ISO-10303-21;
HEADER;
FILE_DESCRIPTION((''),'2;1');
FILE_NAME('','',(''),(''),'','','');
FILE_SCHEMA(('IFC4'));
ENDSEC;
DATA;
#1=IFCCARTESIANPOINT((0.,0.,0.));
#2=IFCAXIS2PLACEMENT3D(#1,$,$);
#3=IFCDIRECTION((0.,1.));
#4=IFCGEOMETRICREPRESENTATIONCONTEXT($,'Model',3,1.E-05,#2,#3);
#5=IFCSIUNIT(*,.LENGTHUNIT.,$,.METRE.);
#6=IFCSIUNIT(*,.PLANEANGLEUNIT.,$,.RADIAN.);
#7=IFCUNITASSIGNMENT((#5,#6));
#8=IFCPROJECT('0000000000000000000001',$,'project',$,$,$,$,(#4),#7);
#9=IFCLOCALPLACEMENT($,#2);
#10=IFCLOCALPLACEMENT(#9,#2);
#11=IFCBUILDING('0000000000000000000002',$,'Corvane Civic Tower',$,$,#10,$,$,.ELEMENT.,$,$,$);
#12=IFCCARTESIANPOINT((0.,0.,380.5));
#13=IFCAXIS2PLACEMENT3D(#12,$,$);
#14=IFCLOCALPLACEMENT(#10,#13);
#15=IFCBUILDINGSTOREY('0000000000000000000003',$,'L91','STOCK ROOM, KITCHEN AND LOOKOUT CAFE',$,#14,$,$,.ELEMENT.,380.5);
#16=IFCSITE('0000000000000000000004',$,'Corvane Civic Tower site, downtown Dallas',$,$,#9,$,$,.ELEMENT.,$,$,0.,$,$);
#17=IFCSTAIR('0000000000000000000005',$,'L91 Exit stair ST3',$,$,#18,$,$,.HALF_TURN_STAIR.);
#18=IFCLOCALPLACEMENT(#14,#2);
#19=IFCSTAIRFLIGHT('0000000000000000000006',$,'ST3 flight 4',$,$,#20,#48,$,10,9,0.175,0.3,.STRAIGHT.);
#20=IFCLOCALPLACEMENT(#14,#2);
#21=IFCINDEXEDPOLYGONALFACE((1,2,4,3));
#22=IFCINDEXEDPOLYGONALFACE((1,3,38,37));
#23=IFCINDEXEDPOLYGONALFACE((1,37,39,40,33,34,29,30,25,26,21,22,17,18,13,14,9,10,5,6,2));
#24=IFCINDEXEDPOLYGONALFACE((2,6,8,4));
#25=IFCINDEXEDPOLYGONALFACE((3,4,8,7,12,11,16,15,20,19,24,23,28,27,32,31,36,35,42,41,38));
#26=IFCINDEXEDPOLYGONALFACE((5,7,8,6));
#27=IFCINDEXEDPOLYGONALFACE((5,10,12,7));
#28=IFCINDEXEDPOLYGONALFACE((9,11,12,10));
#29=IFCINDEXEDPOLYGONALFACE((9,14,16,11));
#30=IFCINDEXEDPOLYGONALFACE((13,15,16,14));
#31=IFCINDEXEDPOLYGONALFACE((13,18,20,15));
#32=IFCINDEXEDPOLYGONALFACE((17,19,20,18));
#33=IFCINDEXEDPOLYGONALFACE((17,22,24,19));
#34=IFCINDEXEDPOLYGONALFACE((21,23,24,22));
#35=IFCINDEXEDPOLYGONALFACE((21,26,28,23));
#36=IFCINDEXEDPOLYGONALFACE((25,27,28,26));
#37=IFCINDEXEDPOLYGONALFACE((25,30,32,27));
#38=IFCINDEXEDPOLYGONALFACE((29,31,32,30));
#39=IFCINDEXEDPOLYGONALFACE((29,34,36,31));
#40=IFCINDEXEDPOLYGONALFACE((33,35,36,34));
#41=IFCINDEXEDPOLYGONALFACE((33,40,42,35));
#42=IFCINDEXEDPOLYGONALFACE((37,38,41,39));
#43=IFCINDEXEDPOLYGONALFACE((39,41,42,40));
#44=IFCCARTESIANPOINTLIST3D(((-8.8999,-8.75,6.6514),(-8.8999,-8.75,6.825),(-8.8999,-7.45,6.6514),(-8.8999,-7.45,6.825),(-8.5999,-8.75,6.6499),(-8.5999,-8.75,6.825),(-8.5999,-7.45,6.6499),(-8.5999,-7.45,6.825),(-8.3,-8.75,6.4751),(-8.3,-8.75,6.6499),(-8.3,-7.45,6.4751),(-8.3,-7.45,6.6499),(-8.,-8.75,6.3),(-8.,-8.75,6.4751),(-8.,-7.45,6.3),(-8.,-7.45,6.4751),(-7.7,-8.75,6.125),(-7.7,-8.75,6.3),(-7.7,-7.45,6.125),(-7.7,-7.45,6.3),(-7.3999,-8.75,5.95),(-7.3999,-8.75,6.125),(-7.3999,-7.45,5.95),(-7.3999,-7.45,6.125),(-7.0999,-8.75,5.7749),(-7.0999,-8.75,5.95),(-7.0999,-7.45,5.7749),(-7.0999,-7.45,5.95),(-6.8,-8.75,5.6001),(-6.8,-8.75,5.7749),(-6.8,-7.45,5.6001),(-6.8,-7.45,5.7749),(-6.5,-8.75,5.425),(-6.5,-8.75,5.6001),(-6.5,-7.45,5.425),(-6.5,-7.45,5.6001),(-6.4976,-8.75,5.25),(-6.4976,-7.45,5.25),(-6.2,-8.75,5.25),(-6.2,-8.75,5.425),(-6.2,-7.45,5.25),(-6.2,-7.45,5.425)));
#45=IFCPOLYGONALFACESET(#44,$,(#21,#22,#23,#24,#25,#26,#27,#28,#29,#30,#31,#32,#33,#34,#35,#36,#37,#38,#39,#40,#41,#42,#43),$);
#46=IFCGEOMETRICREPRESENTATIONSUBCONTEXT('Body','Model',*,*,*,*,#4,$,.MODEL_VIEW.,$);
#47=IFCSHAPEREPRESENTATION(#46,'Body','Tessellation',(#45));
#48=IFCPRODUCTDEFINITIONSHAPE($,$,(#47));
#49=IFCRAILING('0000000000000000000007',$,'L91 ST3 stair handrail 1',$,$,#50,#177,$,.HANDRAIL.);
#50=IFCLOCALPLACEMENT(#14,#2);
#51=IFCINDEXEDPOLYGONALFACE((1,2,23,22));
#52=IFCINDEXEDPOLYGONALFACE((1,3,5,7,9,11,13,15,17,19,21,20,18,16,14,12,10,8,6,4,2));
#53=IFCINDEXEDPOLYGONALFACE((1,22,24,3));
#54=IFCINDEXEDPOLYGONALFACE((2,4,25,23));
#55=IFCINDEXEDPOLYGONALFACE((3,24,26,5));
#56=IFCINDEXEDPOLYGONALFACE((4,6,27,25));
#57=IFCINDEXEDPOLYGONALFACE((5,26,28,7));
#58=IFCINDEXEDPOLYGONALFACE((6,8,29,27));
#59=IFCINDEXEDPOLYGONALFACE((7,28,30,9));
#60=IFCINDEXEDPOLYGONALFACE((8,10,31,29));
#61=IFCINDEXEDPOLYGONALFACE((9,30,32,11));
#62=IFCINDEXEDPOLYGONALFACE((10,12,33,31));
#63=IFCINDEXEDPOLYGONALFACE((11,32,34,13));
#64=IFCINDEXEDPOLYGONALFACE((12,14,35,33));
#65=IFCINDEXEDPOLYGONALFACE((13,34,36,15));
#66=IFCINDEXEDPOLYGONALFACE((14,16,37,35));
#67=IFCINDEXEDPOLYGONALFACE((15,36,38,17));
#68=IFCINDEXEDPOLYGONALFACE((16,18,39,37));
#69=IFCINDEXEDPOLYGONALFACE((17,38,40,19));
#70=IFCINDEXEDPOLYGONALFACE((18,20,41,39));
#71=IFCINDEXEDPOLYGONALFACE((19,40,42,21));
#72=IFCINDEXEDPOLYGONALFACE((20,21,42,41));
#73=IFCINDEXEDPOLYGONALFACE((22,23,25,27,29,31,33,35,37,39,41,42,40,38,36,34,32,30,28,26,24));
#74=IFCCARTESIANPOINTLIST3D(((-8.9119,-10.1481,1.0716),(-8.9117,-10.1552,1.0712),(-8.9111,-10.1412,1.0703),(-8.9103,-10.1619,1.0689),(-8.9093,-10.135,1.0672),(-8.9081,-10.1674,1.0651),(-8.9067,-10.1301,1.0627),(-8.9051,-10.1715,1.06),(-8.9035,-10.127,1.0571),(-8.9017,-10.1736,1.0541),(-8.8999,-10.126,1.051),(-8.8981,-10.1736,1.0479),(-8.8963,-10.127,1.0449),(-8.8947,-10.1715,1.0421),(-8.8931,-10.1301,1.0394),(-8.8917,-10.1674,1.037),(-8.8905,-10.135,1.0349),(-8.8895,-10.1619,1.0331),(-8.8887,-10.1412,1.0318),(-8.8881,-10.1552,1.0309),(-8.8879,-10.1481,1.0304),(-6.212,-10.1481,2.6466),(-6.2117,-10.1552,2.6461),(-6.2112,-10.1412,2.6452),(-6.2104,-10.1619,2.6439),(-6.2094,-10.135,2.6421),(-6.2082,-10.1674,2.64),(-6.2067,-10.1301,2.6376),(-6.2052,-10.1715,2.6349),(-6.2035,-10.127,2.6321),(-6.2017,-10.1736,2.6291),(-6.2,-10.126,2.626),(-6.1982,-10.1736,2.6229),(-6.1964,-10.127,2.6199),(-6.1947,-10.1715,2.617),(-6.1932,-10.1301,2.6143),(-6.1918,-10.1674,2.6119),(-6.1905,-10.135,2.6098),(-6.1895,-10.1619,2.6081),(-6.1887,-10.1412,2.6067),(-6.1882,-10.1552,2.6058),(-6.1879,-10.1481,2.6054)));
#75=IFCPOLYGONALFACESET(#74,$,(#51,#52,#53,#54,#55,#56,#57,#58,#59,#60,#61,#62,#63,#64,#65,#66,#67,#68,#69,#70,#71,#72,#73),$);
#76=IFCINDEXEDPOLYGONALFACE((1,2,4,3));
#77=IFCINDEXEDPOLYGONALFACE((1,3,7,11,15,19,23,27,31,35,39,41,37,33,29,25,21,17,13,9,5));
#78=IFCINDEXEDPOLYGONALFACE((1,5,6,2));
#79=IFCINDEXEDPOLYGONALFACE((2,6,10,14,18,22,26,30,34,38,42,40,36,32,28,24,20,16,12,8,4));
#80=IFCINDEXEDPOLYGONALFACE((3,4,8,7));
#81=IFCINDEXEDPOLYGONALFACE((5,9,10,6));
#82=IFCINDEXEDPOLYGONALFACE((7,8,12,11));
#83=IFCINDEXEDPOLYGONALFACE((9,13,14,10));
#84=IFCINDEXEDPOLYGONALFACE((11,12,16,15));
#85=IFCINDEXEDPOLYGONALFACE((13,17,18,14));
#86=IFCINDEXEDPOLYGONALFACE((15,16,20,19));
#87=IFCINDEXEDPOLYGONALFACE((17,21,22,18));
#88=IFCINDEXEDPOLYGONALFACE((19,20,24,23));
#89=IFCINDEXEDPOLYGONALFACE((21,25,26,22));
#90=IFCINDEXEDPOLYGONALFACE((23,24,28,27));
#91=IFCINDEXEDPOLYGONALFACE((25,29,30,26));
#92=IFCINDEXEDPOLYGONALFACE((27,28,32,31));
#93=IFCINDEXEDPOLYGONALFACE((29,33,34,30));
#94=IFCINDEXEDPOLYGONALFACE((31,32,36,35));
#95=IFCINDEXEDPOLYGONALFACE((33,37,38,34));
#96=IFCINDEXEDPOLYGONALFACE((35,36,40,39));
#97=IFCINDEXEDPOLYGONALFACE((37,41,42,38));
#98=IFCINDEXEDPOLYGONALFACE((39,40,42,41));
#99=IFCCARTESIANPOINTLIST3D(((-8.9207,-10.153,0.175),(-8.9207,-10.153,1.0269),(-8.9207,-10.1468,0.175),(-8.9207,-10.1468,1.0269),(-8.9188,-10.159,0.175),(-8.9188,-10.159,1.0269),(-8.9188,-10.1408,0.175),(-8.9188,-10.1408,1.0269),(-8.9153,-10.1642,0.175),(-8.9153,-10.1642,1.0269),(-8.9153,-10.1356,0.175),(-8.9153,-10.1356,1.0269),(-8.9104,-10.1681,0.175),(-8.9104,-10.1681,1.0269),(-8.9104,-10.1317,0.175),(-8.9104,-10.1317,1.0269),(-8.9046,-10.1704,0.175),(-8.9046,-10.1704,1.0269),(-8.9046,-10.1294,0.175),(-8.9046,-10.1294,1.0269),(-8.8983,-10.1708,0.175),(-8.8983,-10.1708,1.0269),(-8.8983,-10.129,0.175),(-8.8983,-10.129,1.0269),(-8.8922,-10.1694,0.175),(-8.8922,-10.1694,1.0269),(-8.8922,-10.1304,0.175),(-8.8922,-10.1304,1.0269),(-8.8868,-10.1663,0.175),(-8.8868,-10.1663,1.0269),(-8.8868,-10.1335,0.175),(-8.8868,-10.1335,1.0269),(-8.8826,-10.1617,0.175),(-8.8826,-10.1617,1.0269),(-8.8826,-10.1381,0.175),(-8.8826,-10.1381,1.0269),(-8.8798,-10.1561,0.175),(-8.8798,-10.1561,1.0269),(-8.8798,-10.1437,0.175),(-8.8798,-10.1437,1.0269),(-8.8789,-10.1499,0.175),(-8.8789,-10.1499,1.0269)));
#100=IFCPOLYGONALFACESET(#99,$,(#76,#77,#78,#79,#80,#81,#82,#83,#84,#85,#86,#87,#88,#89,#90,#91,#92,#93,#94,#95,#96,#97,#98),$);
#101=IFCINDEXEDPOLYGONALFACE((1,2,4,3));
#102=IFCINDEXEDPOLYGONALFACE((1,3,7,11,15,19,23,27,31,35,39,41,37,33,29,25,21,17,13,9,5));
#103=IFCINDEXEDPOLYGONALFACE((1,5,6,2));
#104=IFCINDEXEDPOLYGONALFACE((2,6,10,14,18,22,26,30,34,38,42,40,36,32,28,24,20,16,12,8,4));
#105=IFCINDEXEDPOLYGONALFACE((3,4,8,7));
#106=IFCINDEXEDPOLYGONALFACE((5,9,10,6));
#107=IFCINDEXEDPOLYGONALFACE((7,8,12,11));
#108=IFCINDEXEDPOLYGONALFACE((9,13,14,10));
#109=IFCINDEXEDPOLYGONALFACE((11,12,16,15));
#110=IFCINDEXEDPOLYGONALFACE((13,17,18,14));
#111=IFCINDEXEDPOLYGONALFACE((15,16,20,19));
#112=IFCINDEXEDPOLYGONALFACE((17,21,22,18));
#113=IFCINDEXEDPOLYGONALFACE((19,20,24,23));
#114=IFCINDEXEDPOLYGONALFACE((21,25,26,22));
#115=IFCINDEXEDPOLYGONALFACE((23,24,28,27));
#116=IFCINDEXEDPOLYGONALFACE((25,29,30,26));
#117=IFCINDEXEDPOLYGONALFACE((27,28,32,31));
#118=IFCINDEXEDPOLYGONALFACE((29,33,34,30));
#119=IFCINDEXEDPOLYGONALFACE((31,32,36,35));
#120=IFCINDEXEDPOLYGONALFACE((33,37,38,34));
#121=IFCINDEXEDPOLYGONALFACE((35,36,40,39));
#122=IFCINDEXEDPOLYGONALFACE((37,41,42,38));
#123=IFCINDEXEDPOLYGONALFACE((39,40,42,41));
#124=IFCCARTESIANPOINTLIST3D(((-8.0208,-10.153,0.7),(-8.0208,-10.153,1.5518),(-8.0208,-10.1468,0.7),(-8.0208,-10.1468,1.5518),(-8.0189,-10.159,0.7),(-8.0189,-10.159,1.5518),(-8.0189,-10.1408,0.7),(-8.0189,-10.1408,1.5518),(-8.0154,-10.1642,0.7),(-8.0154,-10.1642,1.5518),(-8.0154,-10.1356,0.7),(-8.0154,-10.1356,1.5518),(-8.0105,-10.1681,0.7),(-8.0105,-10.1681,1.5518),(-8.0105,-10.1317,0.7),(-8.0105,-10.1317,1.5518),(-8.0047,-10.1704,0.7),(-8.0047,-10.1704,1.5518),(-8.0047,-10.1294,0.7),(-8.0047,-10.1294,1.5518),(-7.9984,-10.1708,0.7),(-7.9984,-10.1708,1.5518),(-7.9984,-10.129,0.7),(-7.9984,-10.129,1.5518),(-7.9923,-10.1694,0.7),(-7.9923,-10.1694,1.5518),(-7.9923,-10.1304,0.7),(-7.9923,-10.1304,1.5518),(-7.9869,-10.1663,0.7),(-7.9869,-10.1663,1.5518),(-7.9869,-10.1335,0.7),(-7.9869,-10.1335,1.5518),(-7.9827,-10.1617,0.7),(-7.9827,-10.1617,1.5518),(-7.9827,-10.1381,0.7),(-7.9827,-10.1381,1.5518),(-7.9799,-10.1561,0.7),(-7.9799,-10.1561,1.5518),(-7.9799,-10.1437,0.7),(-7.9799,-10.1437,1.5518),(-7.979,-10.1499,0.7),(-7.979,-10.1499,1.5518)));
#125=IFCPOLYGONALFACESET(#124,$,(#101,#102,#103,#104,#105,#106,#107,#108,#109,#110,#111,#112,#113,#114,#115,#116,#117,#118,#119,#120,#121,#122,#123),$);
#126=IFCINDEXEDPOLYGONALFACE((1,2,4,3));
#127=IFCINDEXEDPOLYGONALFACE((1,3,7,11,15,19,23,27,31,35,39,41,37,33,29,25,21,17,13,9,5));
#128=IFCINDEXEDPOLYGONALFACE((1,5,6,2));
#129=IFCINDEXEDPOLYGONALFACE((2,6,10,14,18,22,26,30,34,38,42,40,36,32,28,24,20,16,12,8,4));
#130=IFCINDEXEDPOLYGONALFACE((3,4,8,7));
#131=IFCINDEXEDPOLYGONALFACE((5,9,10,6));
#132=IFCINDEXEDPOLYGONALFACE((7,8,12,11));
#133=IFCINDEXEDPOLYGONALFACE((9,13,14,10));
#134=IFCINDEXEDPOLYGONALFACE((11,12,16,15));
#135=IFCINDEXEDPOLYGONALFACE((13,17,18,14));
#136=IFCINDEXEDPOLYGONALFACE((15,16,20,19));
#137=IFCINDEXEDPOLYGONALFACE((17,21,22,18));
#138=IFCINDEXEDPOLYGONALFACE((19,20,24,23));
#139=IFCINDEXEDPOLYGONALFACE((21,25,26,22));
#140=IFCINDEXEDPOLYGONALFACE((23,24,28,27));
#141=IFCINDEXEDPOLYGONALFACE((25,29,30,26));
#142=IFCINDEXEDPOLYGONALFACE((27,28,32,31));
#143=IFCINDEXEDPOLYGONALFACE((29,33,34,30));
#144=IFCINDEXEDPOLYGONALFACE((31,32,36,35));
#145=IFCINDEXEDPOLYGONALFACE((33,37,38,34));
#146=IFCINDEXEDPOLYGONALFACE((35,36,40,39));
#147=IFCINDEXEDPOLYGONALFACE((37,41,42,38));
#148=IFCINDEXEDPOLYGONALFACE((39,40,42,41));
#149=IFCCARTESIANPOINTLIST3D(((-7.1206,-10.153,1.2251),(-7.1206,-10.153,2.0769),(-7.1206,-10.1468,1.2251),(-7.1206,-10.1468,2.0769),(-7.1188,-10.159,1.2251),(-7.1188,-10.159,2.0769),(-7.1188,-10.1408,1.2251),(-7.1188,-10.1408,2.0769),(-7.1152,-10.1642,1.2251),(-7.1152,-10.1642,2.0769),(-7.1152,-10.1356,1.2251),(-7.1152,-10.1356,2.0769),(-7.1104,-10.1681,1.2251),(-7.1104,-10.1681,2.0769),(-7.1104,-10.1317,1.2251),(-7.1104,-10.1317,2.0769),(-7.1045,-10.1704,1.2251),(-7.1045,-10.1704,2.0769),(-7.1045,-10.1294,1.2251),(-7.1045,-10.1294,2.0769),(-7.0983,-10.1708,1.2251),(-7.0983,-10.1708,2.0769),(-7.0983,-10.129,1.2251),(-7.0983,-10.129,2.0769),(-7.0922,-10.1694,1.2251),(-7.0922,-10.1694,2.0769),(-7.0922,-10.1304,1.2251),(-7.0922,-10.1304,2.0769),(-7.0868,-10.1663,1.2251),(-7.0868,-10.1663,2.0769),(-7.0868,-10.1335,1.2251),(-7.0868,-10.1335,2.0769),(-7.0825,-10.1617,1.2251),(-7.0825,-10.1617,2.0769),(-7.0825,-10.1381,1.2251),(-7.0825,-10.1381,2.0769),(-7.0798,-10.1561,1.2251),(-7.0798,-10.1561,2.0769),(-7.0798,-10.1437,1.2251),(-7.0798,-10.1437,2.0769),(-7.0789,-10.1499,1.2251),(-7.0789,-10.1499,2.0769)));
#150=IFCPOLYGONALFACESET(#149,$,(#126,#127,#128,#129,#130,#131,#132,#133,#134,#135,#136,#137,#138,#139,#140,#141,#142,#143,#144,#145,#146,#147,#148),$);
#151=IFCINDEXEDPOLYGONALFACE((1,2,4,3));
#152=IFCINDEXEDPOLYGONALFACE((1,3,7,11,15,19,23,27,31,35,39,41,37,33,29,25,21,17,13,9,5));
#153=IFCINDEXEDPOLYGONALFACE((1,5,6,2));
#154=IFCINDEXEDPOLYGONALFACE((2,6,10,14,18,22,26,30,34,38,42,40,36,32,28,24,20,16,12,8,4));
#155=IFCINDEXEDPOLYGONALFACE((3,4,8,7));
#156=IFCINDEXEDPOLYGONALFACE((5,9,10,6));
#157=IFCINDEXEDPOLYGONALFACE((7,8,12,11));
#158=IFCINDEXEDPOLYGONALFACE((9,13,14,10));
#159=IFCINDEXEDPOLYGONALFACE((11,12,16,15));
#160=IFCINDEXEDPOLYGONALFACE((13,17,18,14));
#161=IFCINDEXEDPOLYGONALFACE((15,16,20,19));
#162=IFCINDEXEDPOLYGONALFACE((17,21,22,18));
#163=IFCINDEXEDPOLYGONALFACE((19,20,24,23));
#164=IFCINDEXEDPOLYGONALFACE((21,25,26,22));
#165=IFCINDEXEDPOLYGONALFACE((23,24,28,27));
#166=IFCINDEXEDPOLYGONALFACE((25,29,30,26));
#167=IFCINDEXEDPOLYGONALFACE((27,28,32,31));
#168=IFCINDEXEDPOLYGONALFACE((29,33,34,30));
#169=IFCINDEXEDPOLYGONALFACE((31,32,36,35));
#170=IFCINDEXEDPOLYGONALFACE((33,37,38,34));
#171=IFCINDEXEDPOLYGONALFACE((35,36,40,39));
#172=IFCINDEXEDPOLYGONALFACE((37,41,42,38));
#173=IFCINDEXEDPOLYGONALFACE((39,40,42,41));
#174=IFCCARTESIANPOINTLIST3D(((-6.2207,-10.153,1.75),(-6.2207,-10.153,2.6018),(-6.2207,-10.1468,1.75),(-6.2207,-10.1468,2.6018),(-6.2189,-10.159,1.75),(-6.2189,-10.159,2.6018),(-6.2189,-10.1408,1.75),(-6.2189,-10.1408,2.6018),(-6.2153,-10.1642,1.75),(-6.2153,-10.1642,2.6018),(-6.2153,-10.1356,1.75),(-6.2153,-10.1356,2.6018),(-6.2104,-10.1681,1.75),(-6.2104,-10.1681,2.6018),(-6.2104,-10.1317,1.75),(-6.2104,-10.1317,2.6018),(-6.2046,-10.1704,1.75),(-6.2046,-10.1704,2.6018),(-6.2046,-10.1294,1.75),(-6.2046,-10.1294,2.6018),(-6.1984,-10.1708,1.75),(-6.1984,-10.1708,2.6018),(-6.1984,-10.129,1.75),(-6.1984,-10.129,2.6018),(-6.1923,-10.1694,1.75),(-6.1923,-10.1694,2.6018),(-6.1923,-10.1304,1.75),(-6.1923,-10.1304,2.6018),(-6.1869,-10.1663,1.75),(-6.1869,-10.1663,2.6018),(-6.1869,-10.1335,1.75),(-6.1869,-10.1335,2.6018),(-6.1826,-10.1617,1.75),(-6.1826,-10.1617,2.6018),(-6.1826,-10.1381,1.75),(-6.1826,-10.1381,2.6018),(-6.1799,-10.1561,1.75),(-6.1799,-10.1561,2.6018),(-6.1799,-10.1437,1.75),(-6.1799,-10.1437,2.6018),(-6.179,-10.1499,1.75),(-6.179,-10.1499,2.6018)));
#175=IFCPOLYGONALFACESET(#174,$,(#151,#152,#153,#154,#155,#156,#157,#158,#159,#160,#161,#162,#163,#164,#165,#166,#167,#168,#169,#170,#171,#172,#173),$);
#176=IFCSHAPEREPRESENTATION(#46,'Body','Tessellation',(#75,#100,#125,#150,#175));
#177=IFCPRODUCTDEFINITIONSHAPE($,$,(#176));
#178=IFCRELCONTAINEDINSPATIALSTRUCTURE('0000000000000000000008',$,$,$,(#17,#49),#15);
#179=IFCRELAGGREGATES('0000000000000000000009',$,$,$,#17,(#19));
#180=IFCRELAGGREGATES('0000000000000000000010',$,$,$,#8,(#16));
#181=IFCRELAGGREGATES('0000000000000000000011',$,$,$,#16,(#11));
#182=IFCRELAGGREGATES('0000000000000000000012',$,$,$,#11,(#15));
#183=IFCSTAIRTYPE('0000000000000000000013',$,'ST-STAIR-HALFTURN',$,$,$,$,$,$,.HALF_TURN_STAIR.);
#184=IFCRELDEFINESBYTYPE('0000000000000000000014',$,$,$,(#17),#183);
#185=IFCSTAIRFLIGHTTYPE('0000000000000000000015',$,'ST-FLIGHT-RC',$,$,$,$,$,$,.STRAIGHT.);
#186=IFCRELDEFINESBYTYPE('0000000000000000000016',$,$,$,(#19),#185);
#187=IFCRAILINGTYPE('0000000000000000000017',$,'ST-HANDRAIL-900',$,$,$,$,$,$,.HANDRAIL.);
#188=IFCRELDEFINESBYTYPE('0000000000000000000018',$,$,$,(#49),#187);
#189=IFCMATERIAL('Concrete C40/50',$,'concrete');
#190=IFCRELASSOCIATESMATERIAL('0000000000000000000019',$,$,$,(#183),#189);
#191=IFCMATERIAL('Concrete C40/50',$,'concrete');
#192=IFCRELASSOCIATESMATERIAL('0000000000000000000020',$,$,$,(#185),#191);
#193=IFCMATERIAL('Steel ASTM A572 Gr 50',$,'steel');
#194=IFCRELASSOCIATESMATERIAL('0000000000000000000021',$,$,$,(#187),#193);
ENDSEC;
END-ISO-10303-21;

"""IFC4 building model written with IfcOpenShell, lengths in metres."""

from ifc_helpers import new_model, si_unit, direction, frame, origin, origin_2d, place, context, subcontext, project, spatial, polyline, circle, outline, extrude, material, type_object, element, aggregate, save


model = new_model("IFC4")

# Units and contexts
model_context = context("Model", 3, precision=1e-05, world=origin(), true_north=direction((0.0, 1.0)))
body_context = subcontext(model_context, "Body", "Model", "MODEL_VIEW")
ifc_project = project(units=[si_unit("LENGTHUNIT", "METRE"), si_unit("PLANEANGLEUNIT", "RADIAN")], contexts=[model_context])

# Site, building, storey
site_placement = place(None, origin())
site = spatial("IfcSite", under=ifc_project, at=site_placement, Name="Corvane Civic Tower site, downtown Dallas", CompositionType="ELEMENT", RefElevation=0.0)
building_placement = place(site_placement, origin())
building = spatial("IfcBuilding", under=site, at=building_placement, Name="Corvane Civic Tower", CompositionType="ELEMENT")
storey_placement = place(building_placement, frame((0.0, 0.0, 380.5)))
storey = spatial("IfcBuildingStorey", under=building, at=storey_placement, Name="L91", Description="STOCK ROOM, KITCHEN AND LOOKOUT CAFE", CompositionType="ELEMENT", Elevation=380.5)

# Stair, stair flight
ifc_material_1 = material(Name="Concrete C40/50", Category="concrete")
stair_type = type_object("IfcStairType", Name="ST-STAIR-HALFTURN", PredefinedType="HALF_TURN_STAIR", material=ifc_material_1)
stair_placement = place(storey_placement, origin())
stair = element("IfcStair", 1, at=stair_placement, inside=storey, type_object=stair_type, Name="L91 Exit stair ST3", PredefinedType="HALF_TURN_STAIR")
ifc_material_2 = material(Name="Concrete C40/50", Category="concrete")
stair_flight_type = type_object("IfcStairFlightType", Name="ST-FLIGHT-RC", PredefinedType="STRAIGHT", material=ifc_material_2)
stair_flight_1_placement = place(storey_placement, frame((-6.2, -8.1001, 5.25), z_axis=(0.0, 0.0, 1.0), x_axis=(-1.0, 0.0, 0.0)))
stair_flight_1 = element("IfcStairFlight", 2, at=stair_flight_1_placement, type_object=stair_flight_type, Name="ST3 flight 4", NumberOfRisers=10, NumberOfTreads=9, PredefinedType="STRAIGHT", RiserHeight=0.175, TreadLength=0.3, context=body_context, shape_type="SweptSolid", body=[
    extrude(outline(polyline([(0.0, 0.0), (0.0, 0.175), (0.3, 0.175), (0.3, 0.3501), (0.6001, 0.3501), (0.6001, 0.5249), (0.8999, 0.5249), (0.8999, 0.7), (1.2, 0.7), (1.2, 0.875), (1.5, 0.875), (1.5, 1.05), (1.8, 1.05), (1.8, 1.2251), (2.1001, 1.2251), (2.1001, 1.3999), (2.3999, 1.3999), (2.3999, 1.575), (2.7, 1.575), (2.7, 1.75), (2.7, 1.4014), (0.2976, 0.0), (0.0, 0.0)])), frame((0.0, 0.6499, 0.0), z_axis=(0.0, -1.0, 0.0), x_axis=(1.0, 0.0, 0.0)), (0.0, 0.0, 1.0), 1.3),
])
aggregate(stair, [stair_flight_1])

# Railing
ifc_material_3 = material(Name="Steel ASTM A572 Gr 50", Category="steel")
railing_type_1 = type_object("IfcRailingType", Name="ST-HANDRAIL-900", PredefinedType="HANDRAIL", material=ifc_material_3)
for number, where, name in (
    (3, (-8.8999, -10.1499, 0.175), "L91 ST3 stair handrail 1"),
):
    element("IfcRailing", number, at=place(storey_placement, frame(where)), inside=storey, type_object=railing_type_1, Name=name, PredefinedType="HANDRAIL", context=body_context, shape_type="SweptSolid", body=[
        extrude(circle(Radius=0.0239, at=origin_2d()), frame((0.0, 0.0, 0.876), z_axis=(0.863782, 0.0, 0.503866), x_axis=(0.0, 1.0, 0.0)), (0.0, 0.0, 1.0), 3.1257),
        extrude(circle(Radius=0.021, at=origin_2d()), origin(), (0.0, 0.0, 1.0), 0.8518),
        extrude(circle(Radius=0.021, at=origin_2d()), frame((0.8999, 0.0, 0.5249)), (0.0, 0.0, 1.0), 0.8518),
        extrude(circle(Radius=0.021, at=origin_2d()), frame((1.8, 0.0, 1.05)), (0.0, 0.0, 1.0), 0.8518),
        extrude(circle(Radius=0.021, at=origin_2d()), frame((2.7, 0.0, 1.575)), (0.0, 0.0, 1.0), 0.8518),
    ])

save(model, "model.ifc")
